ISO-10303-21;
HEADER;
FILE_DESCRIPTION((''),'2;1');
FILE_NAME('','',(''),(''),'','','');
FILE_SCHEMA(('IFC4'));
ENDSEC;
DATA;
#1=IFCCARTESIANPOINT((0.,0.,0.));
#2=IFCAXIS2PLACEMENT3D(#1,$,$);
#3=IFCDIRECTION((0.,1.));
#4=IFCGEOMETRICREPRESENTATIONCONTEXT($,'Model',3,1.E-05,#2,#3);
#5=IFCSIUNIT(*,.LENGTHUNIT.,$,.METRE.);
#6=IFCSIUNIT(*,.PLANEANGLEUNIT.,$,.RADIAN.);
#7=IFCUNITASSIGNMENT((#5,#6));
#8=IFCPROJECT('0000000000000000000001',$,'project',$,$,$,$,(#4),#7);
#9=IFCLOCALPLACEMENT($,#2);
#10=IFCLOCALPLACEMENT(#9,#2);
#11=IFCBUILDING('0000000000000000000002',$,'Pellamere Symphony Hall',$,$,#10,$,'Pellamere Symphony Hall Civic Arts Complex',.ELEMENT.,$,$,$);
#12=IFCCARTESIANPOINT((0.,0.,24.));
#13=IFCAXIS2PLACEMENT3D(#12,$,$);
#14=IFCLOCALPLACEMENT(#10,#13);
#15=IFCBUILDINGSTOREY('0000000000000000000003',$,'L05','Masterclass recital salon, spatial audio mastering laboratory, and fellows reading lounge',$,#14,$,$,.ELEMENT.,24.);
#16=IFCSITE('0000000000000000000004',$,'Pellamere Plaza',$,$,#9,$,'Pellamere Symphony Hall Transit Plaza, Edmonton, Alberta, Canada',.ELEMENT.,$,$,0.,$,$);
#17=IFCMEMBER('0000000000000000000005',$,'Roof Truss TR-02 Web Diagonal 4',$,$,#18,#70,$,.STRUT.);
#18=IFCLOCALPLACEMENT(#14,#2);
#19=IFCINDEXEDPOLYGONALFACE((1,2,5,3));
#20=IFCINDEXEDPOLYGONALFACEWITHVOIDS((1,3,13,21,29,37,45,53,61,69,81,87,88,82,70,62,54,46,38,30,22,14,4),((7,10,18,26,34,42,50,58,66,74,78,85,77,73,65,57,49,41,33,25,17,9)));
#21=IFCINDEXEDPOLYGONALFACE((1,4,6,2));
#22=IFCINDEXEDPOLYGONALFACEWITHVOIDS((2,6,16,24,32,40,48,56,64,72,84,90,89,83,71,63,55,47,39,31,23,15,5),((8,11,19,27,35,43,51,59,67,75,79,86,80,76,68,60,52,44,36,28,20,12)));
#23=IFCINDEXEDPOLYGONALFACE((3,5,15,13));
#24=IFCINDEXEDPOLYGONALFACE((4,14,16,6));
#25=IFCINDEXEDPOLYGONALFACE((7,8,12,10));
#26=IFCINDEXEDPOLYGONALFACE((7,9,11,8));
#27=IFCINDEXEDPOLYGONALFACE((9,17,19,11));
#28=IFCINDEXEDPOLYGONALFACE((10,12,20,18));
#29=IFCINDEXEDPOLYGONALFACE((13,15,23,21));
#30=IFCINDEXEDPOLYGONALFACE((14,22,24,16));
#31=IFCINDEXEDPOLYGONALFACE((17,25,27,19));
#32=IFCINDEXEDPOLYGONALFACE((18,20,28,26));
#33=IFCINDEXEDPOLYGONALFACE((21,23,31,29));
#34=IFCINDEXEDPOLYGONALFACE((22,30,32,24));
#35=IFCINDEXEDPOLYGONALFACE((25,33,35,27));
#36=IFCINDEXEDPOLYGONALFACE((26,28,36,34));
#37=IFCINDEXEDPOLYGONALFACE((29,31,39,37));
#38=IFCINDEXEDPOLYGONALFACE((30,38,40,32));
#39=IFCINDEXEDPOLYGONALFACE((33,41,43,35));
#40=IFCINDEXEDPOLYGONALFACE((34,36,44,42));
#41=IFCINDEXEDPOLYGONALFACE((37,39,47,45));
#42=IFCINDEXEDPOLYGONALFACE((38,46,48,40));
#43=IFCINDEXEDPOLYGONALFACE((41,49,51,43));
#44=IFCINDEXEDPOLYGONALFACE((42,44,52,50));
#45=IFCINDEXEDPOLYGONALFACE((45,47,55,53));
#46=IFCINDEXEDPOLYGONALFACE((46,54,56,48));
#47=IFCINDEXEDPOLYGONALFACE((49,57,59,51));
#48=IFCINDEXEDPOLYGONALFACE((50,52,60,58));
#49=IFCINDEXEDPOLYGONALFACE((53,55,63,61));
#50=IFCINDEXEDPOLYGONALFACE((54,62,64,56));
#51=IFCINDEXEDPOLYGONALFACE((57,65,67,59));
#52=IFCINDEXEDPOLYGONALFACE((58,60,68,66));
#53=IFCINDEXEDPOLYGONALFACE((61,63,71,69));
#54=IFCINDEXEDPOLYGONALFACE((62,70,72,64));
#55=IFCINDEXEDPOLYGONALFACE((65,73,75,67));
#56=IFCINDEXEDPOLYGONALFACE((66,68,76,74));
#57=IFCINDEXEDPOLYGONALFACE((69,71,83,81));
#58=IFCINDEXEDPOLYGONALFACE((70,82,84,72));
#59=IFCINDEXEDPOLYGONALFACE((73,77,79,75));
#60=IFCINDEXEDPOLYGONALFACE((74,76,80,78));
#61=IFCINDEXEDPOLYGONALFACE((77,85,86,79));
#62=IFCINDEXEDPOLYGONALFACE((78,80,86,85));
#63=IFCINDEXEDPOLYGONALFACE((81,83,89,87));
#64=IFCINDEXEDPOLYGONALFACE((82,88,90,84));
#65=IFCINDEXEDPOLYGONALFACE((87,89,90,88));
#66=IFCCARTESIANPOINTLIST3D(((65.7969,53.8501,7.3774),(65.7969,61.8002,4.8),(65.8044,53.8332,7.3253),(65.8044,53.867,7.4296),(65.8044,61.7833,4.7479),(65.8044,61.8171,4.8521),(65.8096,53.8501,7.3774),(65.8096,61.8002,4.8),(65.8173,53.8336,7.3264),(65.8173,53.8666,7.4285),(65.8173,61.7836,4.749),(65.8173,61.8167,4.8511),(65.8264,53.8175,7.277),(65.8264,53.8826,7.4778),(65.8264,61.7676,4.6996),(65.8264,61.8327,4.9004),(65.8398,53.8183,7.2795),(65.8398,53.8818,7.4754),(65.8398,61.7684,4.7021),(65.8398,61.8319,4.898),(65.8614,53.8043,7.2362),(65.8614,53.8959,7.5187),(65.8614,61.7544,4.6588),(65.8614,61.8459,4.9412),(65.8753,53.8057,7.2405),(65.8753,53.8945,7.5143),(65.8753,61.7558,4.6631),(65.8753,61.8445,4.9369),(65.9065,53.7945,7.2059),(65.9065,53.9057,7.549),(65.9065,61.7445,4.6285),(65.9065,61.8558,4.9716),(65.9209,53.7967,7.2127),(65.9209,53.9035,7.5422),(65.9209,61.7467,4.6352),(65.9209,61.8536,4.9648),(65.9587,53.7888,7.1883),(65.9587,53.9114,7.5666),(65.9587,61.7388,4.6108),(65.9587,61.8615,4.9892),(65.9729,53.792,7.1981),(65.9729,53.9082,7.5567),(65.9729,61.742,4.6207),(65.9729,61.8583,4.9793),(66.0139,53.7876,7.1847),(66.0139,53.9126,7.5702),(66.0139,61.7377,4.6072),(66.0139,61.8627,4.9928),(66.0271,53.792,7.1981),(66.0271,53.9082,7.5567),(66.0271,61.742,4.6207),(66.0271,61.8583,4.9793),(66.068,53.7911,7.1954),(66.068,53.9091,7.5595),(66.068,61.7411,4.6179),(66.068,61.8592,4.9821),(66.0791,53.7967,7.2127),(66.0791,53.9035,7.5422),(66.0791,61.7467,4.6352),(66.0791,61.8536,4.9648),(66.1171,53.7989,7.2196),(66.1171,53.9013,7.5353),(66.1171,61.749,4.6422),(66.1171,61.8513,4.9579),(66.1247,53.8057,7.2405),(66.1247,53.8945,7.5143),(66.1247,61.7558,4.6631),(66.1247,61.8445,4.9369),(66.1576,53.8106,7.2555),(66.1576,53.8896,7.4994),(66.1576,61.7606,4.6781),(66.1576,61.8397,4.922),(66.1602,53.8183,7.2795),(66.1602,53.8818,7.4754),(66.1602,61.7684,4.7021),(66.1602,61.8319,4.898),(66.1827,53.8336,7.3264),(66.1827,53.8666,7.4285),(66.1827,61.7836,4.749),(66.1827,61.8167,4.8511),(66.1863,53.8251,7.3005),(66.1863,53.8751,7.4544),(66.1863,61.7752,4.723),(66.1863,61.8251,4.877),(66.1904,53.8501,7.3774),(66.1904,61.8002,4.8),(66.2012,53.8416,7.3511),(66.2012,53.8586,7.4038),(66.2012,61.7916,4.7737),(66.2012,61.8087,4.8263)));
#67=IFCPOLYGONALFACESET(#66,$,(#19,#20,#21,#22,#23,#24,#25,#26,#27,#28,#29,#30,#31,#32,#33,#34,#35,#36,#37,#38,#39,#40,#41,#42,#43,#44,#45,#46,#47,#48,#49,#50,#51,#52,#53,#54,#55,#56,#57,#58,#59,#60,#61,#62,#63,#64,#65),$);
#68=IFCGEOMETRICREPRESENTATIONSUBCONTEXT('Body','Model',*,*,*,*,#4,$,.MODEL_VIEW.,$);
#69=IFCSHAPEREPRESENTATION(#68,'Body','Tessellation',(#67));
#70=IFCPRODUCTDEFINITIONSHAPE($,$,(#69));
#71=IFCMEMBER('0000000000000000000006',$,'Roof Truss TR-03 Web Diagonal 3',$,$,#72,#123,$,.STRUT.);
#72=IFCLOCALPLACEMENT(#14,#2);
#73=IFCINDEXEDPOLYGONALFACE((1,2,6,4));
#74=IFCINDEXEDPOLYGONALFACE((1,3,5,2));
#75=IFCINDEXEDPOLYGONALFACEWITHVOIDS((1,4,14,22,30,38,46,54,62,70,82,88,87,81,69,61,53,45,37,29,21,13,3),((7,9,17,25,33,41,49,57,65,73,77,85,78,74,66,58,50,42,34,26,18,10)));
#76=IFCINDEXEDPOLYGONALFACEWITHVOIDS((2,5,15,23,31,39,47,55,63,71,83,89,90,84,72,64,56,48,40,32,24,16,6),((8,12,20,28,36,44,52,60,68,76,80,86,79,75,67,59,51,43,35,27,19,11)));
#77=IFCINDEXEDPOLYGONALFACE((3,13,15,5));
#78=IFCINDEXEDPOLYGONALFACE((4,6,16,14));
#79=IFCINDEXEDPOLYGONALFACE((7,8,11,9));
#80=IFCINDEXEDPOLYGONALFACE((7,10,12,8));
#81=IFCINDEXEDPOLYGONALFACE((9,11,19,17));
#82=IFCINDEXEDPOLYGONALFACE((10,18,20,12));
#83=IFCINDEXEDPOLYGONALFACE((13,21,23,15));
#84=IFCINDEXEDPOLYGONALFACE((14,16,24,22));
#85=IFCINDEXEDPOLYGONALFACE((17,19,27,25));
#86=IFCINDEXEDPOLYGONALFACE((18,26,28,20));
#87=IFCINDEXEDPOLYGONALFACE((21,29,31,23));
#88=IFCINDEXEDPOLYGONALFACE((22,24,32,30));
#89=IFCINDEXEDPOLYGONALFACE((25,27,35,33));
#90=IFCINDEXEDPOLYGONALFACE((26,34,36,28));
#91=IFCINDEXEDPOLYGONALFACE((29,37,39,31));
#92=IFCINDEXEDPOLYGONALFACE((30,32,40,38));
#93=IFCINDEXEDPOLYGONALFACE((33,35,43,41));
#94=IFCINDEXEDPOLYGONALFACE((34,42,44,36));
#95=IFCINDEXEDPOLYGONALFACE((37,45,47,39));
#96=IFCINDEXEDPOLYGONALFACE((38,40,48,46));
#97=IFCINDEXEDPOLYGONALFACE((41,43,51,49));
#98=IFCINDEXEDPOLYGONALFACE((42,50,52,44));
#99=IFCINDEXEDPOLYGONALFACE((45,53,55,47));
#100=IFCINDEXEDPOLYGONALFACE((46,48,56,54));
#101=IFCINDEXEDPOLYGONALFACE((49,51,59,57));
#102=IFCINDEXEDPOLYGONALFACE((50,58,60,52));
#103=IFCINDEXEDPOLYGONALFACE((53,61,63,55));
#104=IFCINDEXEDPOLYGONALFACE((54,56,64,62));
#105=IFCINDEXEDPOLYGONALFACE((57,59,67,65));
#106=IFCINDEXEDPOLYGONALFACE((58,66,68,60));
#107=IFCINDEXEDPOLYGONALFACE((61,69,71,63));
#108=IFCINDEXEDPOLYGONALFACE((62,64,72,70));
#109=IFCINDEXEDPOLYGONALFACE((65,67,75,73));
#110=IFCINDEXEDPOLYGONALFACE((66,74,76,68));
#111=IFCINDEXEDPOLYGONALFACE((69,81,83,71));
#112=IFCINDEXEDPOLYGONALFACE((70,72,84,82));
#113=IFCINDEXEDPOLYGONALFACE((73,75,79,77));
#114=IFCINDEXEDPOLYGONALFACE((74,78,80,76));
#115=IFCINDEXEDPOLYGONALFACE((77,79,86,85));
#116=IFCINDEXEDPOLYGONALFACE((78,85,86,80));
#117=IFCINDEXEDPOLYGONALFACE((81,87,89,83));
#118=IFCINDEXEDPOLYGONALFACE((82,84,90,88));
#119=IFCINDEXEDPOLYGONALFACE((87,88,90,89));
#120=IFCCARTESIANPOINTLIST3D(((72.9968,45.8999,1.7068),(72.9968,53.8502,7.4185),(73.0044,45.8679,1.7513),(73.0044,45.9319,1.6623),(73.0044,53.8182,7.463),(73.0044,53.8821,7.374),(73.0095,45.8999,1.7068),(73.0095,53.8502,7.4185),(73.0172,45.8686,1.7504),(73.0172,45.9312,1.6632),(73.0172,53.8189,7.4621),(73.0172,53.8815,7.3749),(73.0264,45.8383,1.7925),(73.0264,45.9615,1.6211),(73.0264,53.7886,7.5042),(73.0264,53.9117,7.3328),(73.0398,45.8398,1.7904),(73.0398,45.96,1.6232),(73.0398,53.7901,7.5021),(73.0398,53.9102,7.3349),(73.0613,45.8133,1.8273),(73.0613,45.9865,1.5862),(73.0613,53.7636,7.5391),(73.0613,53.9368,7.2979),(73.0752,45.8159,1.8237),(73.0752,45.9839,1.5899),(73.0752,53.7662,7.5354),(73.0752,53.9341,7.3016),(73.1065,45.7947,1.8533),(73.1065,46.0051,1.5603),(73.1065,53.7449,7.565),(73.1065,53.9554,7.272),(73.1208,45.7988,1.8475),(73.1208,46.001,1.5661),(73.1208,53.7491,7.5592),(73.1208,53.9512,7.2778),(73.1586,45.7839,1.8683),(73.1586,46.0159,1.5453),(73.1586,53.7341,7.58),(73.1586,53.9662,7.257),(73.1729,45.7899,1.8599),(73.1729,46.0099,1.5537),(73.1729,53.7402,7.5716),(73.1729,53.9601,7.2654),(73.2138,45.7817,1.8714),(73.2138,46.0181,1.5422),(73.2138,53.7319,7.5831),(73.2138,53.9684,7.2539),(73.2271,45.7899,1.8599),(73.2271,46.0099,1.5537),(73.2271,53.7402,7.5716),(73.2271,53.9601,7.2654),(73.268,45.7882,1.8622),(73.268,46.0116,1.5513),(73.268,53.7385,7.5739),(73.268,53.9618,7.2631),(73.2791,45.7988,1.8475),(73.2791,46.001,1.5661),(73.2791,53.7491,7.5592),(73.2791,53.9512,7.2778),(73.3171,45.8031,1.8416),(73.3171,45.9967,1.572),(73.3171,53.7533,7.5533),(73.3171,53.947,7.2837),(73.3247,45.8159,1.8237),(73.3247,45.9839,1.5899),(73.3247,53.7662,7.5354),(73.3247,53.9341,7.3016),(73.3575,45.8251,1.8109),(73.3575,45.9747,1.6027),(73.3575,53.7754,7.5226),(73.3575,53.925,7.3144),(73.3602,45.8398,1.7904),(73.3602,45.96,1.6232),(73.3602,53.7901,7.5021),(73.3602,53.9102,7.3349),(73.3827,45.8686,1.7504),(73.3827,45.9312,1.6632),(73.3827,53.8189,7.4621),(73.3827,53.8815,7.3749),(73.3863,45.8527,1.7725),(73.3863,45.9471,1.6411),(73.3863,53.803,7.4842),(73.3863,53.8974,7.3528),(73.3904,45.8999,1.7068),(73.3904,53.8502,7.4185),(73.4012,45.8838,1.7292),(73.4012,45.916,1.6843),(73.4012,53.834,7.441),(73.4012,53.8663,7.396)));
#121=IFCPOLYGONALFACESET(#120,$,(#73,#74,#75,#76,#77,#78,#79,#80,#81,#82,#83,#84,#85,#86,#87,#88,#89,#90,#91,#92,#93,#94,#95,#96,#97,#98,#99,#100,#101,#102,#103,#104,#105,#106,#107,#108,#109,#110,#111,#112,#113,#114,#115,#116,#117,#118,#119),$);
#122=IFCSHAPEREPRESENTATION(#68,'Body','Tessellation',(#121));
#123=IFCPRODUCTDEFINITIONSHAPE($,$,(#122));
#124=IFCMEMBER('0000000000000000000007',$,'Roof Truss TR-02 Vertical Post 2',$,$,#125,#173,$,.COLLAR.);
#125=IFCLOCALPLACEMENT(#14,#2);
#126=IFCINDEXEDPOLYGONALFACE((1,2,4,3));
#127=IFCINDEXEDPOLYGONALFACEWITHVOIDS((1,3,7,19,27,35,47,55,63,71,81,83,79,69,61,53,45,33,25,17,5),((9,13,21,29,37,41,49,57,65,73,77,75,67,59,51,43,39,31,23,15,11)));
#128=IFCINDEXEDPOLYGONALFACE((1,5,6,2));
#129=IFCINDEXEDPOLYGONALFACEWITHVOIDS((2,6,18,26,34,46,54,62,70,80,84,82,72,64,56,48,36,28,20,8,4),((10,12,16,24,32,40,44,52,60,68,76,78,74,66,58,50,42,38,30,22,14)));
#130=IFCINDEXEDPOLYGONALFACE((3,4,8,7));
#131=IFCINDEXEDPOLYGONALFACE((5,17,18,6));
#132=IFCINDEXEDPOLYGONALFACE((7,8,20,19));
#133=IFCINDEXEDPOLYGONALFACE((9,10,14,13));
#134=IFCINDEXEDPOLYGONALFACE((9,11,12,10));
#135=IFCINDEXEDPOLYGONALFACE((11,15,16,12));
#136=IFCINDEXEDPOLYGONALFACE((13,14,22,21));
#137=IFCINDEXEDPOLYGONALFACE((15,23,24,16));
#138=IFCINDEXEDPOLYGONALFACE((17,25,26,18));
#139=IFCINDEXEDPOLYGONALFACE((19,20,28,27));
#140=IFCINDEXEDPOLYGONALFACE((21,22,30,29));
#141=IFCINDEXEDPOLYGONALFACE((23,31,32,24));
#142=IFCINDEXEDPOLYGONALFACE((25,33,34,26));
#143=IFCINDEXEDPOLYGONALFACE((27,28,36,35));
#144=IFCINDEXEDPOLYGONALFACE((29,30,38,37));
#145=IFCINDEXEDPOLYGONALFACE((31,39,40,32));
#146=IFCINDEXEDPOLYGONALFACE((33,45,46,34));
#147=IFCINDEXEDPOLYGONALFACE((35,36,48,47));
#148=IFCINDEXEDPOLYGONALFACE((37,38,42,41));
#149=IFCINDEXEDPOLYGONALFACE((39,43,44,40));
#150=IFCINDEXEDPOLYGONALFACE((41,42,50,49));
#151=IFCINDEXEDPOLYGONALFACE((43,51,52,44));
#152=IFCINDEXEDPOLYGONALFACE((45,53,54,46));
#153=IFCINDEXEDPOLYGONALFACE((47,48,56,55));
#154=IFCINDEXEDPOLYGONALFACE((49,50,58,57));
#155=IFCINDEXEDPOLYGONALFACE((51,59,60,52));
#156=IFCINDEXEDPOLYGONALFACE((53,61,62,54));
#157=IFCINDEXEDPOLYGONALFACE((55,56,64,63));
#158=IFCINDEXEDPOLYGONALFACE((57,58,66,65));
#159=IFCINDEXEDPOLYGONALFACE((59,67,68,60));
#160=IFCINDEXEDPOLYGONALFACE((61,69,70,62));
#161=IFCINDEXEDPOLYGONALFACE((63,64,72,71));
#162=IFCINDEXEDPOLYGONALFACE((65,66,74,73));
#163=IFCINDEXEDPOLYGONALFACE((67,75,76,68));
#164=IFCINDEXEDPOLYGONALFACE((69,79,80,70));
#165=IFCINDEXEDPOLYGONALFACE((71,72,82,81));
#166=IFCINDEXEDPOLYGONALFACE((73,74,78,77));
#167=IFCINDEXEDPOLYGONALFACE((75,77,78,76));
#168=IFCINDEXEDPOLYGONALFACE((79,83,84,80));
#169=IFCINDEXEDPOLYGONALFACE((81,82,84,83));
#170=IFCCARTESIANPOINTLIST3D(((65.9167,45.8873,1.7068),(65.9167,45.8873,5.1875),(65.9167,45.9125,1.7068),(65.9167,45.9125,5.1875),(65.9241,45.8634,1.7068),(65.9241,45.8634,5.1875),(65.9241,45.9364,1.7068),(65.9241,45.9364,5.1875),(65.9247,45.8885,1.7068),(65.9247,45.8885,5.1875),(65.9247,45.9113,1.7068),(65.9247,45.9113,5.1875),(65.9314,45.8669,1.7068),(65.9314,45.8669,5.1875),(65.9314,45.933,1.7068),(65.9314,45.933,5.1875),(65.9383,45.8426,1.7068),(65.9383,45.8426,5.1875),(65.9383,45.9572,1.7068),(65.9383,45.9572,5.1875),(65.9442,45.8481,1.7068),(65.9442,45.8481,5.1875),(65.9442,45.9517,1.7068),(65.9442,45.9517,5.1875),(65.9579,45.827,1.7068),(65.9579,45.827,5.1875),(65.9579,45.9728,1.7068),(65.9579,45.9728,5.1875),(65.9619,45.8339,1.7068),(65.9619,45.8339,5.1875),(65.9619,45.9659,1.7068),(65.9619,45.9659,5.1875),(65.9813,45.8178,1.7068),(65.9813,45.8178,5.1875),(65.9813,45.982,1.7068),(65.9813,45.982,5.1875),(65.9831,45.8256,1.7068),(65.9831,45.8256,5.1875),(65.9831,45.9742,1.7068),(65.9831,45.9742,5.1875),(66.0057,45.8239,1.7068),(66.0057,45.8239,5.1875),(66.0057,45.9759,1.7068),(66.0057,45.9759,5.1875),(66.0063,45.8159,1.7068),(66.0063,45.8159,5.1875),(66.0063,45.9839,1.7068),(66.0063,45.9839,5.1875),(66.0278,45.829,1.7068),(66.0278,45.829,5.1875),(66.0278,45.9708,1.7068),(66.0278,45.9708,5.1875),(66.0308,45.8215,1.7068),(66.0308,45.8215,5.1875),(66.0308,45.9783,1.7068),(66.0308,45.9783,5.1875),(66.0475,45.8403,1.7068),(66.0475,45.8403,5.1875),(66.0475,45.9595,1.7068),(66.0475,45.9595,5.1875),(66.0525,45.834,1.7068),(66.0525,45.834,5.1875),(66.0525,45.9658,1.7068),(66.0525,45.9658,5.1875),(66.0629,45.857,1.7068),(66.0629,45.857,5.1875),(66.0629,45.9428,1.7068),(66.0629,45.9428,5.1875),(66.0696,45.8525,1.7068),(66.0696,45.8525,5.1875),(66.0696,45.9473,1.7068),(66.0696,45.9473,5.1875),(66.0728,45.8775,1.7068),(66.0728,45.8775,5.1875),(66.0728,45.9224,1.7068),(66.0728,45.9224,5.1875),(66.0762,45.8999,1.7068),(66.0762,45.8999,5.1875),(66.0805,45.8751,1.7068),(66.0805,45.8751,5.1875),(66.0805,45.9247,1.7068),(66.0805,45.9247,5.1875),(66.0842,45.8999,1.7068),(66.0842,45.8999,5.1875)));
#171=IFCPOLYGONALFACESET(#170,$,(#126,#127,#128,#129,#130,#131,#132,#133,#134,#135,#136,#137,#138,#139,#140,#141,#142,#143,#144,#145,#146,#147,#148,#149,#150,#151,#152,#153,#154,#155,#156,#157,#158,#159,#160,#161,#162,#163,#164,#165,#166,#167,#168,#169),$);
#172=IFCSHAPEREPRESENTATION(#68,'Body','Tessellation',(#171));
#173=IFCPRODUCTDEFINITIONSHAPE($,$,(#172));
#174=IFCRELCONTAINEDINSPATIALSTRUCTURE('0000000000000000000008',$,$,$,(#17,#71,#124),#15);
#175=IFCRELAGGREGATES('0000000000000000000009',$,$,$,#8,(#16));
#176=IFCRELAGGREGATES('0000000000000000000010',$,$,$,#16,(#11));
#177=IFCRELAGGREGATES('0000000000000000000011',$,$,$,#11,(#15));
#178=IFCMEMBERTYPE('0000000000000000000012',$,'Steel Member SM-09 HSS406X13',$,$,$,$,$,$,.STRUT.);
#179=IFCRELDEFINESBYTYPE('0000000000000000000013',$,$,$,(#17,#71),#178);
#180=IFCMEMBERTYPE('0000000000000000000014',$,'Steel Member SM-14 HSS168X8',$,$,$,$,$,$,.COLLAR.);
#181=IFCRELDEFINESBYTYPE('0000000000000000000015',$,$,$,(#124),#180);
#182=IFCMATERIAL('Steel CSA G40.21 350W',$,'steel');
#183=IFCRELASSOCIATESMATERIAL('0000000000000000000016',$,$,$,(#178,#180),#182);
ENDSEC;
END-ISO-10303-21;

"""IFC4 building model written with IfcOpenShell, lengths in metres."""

from ifc_helpers import new_model, si_unit, direction, frame, origin, origin_2d, place, context, subcontext, project, spatial, hollow_circle, extrude, material, material_profile, profile_set, type_object, element, save


model = new_model("IFC4")

# Units and contexts
model_context = context("Model", 3, precision=1e-05, world=origin(), true_north=direction((0.0, 1.0)))
body_context = subcontext(model_context, "Body", "Model", "MODEL_VIEW")
ifc_project = project(units=[si_unit("LENGTHUNIT", "METRE"), si_unit("PLANEANGLEUNIT", "RADIAN")], contexts=[model_context])

# Site, building, storey
site_placement = place(None, origin())
site = spatial("IfcSite", under=ifc_project, at=site_placement, Name="Pellamere Plaza", LongName="Pellamere Symphony Hall Transit Plaza, Edmonton, Alberta, Canada", CompositionType="ELEMENT", RefElevation=0.0)
building_placement = place(site_placement, origin())
building = spatial("IfcBuilding", under=site, at=building_placement, Name="Pellamere Symphony Hall", LongName="Pellamere Symphony Hall Civic Arts Complex", CompositionType="ELEMENT")
storey_placement = place(building_placement, frame((0.0, 0.0, 24.0)))
storey = spatial("IfcBuildingStorey", under=building, at=storey_placement, Name="L05", Description="Masterclass recital salon, spatial audio mastering laboratory, and fellows reading lounge", CompositionType="ELEMENT", Elevation=24.0)

# Shared definitions
ifc_material_1 = material(Name="Steel CSA G40.21 350W", Category="steel")

# Members
ifc_material_profile_1 = material_profile(ifc_material_1, hollow_circle(Radius=0.2031, WallThickness=0.0127, at=origin_2d()), Name="HSS406X13")
ifc_profile_set_1 = profile_set([ifc_material_profile_1], Name="Steel CSA G40.21 350W")
member_type_1 = type_object("IfcMemberType", Name="Steel Member SM-09 HSS406X13", PredefinedType="STRUT", material=ifc_profile_set_1)
member_1_placement = place(storey_placement, frame((66.0, 53.8501, 7.3774), z_axis=(0.0, 0.951257, -0.3084), x_axis=(-1.0, 0.0, 0.0)))
element("IfcMember", 1, at=member_1_placement, inside=storey, type_object=member_type_1, Name="Roof Truss TR-02 Web Diagonal 4", PredefinedType="STRUT", context=body_context, shape_type="SweptSolid", body=[
    extrude(hollow_circle(Radius=0.2031, WallThickness=0.0127, at=origin_2d()), origin(), (0.0, 0.0, 1.0), 8.3574),
])
member_2_placement = place(storey_placement, frame((73.2, 45.8999, 1.7068), z_axis=(0.0, 0.812138, 0.583465), x_axis=(-1.0, 0.0, 0.0)))
element("IfcMember", 2, at=member_2_placement, inside=storey, type_object=member_type_1, Name="Roof Truss TR-03 Web Diagonal 3", PredefinedType="STRUT", context=body_context, shape_type="SweptSolid", body=[
    extrude(hollow_circle(Radius=0.2031, WallThickness=0.0127, at=origin_2d()), origin(), (0.0, 0.0, 1.0), 9.7893),
])
ifc_material_profile_2 = material_profile(ifc_material_1, hollow_circle(Radius=0.0842, WallThickness=0.0081, at=origin_2d()), Name="HSS168X8")
ifc_profile_set_2 = profile_set([ifc_material_profile_2], Name="Steel CSA G40.21 350W")
member_type_2 = type_object("IfcMemberType", Name="Steel Member SM-14 HSS168X8", PredefinedType="COLLAR", material=ifc_profile_set_2)
member_3_placement = place(storey_placement, frame((66.0, 45.8999, 1.7068), z_axis=(0.0, 0.0, 1.0), x_axis=(1.0, 0.0, 0.0)))
element("IfcMember", 3, at=member_3_placement, inside=storey, type_object=member_type_2, Name="Roof Truss TR-02 Vertical Post 2", PredefinedType="COLLAR", context=body_context, shape_type="SweptSolid", body=[
    extrude(hollow_circle(Radius=0.0842, WallThickness=0.0081, at=origin_2d()), origin(), (0.0, 0.0, 1.0), 3.4807),
])

save(model, "model.ifc")
